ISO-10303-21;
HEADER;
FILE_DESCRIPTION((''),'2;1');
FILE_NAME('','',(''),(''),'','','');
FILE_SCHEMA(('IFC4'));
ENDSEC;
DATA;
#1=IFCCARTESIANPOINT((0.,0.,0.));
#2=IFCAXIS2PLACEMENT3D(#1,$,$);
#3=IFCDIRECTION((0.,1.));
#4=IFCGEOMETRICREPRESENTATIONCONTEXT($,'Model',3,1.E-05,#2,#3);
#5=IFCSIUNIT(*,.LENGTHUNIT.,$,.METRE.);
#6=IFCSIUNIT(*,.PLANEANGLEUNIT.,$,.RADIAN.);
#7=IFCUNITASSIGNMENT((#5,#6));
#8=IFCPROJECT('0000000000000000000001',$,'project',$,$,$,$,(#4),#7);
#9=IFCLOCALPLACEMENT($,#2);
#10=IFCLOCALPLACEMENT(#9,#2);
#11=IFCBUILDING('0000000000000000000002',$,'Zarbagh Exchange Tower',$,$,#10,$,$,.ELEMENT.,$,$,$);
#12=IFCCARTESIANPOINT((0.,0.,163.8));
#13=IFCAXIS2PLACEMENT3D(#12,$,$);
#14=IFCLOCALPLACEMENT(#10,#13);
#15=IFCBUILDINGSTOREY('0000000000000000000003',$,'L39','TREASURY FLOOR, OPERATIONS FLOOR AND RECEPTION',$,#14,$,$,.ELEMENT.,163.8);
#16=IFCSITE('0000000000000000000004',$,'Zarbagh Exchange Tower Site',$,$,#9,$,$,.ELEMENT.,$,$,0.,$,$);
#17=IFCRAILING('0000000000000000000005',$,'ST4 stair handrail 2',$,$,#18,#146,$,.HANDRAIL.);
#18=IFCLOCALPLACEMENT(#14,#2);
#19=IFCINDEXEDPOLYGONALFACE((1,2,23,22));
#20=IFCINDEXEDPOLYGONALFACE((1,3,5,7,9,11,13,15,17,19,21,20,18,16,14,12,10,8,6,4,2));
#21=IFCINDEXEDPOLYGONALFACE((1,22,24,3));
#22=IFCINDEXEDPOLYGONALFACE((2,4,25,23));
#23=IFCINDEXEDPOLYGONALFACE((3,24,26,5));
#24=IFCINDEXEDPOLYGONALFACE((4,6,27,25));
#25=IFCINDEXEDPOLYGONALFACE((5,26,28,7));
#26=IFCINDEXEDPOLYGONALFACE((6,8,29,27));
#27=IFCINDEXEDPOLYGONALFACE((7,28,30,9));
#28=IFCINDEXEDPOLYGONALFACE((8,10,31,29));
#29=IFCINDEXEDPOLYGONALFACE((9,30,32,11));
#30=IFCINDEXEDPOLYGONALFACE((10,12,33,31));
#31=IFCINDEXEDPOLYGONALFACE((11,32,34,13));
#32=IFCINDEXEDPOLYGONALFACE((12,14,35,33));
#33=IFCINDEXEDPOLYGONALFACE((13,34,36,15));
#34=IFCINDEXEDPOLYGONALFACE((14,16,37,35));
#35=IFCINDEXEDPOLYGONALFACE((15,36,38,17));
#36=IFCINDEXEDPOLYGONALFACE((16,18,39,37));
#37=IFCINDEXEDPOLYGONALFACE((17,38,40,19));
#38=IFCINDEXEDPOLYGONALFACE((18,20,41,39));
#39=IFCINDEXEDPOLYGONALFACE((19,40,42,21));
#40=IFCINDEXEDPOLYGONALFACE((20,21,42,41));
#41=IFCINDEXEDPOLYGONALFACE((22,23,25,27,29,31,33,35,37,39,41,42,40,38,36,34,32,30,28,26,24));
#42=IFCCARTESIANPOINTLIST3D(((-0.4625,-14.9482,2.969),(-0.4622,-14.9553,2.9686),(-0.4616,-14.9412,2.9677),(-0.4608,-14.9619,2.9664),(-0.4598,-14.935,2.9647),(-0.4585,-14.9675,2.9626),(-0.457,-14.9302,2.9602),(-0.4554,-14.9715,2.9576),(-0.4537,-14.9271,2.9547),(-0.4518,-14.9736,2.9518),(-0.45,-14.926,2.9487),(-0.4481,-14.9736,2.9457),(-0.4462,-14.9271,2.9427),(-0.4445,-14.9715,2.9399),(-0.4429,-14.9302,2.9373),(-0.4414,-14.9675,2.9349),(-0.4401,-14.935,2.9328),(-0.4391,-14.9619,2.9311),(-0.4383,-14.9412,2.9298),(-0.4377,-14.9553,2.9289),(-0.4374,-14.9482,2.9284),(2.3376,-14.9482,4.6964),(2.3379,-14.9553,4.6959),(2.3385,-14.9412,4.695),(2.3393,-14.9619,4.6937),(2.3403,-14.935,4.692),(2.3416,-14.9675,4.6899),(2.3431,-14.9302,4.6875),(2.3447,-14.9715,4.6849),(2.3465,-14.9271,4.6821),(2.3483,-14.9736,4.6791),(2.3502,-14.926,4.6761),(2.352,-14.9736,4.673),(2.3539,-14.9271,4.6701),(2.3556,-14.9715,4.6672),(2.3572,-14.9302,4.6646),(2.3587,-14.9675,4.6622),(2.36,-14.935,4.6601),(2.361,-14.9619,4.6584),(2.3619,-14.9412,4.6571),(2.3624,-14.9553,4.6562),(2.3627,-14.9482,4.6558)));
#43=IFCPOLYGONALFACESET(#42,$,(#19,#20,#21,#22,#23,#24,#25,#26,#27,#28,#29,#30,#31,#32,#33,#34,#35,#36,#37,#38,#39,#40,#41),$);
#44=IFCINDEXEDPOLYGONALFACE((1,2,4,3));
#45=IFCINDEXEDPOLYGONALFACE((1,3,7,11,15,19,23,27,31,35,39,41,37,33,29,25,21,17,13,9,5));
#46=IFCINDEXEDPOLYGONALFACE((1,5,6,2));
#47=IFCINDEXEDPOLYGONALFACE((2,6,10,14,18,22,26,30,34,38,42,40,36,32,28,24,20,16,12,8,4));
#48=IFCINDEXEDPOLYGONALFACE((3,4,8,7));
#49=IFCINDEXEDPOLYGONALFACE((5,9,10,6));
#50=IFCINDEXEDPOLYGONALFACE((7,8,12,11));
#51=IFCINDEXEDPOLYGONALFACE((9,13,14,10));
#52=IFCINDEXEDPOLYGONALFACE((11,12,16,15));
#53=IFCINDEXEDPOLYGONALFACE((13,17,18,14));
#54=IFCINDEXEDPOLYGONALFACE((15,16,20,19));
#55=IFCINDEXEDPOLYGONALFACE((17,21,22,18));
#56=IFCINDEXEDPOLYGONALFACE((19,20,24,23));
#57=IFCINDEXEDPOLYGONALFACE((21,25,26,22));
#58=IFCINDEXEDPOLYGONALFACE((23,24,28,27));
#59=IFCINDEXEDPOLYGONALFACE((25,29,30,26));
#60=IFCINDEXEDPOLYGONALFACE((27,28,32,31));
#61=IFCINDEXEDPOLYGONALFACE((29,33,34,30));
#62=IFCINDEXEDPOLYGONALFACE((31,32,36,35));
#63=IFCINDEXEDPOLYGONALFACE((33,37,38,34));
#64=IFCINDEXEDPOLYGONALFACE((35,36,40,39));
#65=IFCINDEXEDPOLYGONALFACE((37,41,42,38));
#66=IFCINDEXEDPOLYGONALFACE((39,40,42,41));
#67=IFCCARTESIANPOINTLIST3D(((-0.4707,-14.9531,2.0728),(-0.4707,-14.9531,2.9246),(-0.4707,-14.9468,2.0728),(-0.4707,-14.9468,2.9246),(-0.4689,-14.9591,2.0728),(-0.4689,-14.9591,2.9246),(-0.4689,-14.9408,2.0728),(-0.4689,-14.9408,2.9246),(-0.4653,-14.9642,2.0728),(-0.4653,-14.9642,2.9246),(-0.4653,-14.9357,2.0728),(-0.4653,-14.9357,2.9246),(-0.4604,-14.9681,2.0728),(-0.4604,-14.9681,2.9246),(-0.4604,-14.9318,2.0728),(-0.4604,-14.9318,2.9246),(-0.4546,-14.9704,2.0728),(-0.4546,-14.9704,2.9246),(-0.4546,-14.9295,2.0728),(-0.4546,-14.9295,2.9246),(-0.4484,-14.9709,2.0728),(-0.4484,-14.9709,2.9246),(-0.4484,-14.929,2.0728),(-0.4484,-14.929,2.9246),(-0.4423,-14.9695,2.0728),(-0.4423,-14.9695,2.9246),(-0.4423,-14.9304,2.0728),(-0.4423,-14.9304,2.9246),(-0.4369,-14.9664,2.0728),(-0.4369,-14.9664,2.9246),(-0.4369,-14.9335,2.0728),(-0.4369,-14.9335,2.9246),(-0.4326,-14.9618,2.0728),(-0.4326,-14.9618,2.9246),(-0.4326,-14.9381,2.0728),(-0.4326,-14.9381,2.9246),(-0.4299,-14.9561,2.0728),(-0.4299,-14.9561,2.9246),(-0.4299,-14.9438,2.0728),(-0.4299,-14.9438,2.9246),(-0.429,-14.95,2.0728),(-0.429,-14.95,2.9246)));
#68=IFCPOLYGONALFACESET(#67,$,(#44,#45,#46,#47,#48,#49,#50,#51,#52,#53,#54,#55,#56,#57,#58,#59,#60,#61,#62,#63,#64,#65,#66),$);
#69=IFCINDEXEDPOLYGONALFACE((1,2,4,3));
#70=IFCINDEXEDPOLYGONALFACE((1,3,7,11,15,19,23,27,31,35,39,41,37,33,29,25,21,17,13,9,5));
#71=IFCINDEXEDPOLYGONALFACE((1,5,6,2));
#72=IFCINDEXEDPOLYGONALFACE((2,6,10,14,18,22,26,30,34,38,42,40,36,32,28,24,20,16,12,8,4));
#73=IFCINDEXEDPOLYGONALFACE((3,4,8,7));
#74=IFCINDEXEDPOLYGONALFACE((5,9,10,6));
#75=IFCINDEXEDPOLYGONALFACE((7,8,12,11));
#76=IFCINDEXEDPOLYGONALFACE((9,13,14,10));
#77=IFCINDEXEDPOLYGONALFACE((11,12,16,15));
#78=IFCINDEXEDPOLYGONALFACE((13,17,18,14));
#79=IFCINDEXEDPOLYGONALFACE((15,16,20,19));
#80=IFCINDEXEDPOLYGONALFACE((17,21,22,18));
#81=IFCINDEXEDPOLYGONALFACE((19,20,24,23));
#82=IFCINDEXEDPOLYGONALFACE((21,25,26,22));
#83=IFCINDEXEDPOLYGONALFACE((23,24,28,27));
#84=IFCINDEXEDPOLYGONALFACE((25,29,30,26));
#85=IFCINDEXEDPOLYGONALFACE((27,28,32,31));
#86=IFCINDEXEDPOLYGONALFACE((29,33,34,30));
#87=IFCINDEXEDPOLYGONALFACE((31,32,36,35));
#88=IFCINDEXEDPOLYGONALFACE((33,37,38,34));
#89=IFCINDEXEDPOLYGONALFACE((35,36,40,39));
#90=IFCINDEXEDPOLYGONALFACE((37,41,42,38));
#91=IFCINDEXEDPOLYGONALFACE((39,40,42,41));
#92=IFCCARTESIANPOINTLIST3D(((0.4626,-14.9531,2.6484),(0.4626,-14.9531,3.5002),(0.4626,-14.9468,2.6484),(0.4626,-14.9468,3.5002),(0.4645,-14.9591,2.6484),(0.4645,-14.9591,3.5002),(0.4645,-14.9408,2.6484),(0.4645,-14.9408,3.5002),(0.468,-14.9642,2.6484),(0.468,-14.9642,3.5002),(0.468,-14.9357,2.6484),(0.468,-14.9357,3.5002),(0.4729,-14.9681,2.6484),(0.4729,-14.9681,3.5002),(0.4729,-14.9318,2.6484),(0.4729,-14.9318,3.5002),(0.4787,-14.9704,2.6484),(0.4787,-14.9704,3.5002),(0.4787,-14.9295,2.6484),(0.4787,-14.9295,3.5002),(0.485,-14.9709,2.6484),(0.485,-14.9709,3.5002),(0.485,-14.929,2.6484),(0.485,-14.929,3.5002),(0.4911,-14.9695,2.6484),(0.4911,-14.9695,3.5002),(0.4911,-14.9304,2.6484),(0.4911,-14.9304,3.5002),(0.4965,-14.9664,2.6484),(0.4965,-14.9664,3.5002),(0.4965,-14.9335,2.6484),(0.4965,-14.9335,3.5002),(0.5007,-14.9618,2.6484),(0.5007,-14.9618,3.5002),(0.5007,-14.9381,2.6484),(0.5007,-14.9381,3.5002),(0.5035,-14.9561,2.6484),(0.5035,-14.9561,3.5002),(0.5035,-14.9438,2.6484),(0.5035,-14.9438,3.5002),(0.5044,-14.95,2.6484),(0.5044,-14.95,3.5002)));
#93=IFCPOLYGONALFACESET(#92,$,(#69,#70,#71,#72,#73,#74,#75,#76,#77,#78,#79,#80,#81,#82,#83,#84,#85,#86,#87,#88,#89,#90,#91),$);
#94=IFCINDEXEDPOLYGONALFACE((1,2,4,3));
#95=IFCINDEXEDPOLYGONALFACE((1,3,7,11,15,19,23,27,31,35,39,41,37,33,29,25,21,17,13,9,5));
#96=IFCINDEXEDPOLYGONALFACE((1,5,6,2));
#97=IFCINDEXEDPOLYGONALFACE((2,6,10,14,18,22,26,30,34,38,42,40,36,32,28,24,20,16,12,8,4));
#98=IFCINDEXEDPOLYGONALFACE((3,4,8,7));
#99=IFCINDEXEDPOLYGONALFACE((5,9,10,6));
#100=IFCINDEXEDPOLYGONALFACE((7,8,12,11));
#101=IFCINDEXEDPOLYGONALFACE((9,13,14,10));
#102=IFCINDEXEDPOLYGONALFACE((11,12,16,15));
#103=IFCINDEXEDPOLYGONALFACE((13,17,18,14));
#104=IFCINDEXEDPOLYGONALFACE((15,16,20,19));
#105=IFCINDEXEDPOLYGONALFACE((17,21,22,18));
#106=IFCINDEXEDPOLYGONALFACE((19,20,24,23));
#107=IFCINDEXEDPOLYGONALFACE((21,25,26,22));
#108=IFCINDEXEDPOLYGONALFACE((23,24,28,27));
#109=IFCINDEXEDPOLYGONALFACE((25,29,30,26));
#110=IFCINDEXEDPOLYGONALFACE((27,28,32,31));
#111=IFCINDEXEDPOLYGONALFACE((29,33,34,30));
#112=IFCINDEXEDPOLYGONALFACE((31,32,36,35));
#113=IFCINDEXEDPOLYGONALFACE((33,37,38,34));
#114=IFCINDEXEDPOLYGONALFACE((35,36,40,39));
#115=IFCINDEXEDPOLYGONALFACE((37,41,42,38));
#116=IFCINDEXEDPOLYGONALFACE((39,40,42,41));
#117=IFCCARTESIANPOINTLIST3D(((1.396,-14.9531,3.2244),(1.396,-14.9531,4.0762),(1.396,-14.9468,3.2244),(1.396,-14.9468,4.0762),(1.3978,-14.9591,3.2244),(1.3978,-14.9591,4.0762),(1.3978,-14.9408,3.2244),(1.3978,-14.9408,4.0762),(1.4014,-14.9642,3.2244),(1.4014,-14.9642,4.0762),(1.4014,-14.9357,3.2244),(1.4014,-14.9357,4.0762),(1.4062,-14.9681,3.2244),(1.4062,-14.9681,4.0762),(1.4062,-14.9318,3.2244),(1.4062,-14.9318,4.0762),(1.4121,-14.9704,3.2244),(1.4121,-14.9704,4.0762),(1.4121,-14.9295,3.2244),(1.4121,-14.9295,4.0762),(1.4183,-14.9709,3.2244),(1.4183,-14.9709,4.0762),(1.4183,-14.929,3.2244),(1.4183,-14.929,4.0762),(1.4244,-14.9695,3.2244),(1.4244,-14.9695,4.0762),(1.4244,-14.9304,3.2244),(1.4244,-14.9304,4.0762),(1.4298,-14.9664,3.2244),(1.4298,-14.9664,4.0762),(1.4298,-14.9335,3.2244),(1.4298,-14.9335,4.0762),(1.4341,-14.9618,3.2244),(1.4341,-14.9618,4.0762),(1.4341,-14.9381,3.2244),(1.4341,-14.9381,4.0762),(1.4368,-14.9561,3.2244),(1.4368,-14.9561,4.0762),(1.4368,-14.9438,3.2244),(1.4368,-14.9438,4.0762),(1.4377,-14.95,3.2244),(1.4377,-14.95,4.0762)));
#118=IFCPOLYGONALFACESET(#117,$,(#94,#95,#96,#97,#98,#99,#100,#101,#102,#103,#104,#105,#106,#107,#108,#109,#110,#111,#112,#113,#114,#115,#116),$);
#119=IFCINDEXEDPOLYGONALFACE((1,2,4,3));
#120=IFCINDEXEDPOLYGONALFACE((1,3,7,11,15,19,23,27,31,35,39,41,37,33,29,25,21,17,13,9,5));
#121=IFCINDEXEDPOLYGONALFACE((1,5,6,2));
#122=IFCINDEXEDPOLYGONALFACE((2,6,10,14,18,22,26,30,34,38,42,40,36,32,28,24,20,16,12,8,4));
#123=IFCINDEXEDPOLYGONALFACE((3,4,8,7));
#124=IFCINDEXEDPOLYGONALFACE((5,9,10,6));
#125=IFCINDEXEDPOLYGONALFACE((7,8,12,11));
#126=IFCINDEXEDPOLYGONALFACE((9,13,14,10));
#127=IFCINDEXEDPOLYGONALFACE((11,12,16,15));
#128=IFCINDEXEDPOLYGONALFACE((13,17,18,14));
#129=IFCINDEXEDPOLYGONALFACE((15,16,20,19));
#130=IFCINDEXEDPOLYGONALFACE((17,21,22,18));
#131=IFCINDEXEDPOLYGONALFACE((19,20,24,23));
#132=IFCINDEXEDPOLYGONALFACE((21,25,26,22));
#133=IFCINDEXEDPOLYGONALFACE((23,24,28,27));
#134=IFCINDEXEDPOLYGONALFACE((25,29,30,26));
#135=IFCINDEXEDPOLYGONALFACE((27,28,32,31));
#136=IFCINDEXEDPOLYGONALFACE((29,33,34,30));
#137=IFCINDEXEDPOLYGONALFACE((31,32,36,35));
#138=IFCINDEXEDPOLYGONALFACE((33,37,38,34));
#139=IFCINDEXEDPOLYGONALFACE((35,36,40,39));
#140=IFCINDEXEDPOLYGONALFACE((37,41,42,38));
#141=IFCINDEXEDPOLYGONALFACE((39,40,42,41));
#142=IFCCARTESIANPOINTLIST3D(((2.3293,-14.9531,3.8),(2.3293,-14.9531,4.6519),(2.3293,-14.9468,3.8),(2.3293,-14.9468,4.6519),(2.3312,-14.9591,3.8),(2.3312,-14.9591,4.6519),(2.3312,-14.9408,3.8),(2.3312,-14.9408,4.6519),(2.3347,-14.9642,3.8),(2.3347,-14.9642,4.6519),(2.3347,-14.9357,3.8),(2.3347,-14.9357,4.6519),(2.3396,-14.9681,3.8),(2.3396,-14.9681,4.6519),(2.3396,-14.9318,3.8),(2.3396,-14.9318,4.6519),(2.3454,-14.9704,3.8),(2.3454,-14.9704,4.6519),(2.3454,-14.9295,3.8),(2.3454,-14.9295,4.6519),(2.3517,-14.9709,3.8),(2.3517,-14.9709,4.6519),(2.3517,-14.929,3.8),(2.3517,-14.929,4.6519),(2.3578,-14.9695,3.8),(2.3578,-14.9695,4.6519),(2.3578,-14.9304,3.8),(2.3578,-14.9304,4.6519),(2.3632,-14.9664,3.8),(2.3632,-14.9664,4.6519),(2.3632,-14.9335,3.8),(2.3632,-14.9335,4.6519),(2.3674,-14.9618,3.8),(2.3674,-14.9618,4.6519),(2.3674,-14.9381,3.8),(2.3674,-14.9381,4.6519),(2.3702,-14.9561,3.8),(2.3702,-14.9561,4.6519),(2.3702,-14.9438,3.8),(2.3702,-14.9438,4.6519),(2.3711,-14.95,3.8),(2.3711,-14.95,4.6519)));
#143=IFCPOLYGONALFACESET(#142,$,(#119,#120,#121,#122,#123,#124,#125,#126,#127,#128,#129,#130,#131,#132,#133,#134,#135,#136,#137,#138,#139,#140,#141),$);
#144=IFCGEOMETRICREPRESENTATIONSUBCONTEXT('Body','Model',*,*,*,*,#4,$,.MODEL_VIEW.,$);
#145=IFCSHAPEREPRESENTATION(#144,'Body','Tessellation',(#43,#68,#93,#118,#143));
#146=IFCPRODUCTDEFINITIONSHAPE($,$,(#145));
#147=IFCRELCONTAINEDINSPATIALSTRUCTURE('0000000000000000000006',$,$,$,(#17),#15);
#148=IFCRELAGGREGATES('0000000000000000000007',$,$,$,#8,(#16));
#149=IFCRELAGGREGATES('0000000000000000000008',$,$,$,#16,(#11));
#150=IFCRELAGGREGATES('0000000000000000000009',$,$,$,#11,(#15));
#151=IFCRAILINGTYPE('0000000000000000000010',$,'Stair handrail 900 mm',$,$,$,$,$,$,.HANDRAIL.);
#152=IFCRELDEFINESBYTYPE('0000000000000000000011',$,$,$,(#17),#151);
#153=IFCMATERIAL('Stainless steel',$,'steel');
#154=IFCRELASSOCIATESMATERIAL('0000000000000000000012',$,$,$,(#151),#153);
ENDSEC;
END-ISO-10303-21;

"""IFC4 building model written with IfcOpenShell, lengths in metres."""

from ifc_helpers import new_model, si_unit, direction, frame, origin, origin_2d, place, context, subcontext, project, spatial, circle, extrude, material, type_object, element, save


model = new_model("IFC4")

# Units and contexts
model_context = context("Model", 3, precision=1e-05, world=origin(), true_north=direction((0.0, 1.0)))
body_context = subcontext(model_context, "Body", "Model", "MODEL_VIEW")
ifc_project = project(units=[si_unit("LENGTHUNIT", "METRE"), si_unit("PLANEANGLEUNIT", "RADIAN")], contexts=[model_context])

# Site, building, storey
site_placement = place(None, origin())
site = spatial("IfcSite", under=ifc_project, at=site_placement, Name="Zarbagh Exchange Tower Site", CompositionType="ELEMENT", RefElevation=0.0)
building_placement = place(site_placement, origin())
building = spatial("IfcBuilding", under=site, at=building_placement, Name="Zarbagh Exchange Tower", CompositionType="ELEMENT")
storey_placement = place(building_placement, frame((0.0, 0.0, 163.8)))
storey = spatial("IfcBuildingStorey", under=building, at=storey_placement, Name="L39", Description="TREASURY FLOOR, OPERATIONS FLOOR AND RECEPTION", CompositionType="ELEMENT", Elevation=163.8)

# Shared definitions
ifc_material_1 = material(Name="Stainless steel", Category="steel")

# Railing
railing_type_1 = type_object("IfcRailingType", Name="Stair handrail 900 mm", PredefinedType="HANDRAIL", material=ifc_material_1)
for number, where, name in (
    (1, (-0.45, -14.95, 2.0728), "ST4 stair handrail 2"),
):
    element("IfcRailing", number, at=place(storey_placement, frame(where)), inside=storey, type_object=railing_type_1, Name=name, PredefinedType="HANDRAIL", context=body_context, shape_type="SweptSolid", body=[
        extrude(circle(Radius=0.0239, at=origin_2d()), frame((0.0, 0.0, 0.876), z_axis=(0.85109, 0.0, 0.52502), x_axis=(0.0, 1.0, 0.0)), (0.0, 0.0, 1.0), 3.29),
        extrude(circle(Radius=0.021, at=origin_2d()), origin(), (0.0, 0.0, 1.0), 0.8518),
        extrude(circle(Radius=0.021, at=origin_2d()), frame((0.9333, 0.0, 0.5757)), (0.0, 0.0, 1.0), 0.8518),
        extrude(circle(Radius=0.021, at=origin_2d()), frame((1.8667, 0.0, 1.1516)), (0.0, 0.0, 1.0), 0.8518),
        extrude(circle(Radius=0.021, at=origin_2d()), frame((2.8, 0.0, 1.7273)), (0.0, 0.0, 1.0), 0.8518),
    ])

save(model, "model.ifc")
